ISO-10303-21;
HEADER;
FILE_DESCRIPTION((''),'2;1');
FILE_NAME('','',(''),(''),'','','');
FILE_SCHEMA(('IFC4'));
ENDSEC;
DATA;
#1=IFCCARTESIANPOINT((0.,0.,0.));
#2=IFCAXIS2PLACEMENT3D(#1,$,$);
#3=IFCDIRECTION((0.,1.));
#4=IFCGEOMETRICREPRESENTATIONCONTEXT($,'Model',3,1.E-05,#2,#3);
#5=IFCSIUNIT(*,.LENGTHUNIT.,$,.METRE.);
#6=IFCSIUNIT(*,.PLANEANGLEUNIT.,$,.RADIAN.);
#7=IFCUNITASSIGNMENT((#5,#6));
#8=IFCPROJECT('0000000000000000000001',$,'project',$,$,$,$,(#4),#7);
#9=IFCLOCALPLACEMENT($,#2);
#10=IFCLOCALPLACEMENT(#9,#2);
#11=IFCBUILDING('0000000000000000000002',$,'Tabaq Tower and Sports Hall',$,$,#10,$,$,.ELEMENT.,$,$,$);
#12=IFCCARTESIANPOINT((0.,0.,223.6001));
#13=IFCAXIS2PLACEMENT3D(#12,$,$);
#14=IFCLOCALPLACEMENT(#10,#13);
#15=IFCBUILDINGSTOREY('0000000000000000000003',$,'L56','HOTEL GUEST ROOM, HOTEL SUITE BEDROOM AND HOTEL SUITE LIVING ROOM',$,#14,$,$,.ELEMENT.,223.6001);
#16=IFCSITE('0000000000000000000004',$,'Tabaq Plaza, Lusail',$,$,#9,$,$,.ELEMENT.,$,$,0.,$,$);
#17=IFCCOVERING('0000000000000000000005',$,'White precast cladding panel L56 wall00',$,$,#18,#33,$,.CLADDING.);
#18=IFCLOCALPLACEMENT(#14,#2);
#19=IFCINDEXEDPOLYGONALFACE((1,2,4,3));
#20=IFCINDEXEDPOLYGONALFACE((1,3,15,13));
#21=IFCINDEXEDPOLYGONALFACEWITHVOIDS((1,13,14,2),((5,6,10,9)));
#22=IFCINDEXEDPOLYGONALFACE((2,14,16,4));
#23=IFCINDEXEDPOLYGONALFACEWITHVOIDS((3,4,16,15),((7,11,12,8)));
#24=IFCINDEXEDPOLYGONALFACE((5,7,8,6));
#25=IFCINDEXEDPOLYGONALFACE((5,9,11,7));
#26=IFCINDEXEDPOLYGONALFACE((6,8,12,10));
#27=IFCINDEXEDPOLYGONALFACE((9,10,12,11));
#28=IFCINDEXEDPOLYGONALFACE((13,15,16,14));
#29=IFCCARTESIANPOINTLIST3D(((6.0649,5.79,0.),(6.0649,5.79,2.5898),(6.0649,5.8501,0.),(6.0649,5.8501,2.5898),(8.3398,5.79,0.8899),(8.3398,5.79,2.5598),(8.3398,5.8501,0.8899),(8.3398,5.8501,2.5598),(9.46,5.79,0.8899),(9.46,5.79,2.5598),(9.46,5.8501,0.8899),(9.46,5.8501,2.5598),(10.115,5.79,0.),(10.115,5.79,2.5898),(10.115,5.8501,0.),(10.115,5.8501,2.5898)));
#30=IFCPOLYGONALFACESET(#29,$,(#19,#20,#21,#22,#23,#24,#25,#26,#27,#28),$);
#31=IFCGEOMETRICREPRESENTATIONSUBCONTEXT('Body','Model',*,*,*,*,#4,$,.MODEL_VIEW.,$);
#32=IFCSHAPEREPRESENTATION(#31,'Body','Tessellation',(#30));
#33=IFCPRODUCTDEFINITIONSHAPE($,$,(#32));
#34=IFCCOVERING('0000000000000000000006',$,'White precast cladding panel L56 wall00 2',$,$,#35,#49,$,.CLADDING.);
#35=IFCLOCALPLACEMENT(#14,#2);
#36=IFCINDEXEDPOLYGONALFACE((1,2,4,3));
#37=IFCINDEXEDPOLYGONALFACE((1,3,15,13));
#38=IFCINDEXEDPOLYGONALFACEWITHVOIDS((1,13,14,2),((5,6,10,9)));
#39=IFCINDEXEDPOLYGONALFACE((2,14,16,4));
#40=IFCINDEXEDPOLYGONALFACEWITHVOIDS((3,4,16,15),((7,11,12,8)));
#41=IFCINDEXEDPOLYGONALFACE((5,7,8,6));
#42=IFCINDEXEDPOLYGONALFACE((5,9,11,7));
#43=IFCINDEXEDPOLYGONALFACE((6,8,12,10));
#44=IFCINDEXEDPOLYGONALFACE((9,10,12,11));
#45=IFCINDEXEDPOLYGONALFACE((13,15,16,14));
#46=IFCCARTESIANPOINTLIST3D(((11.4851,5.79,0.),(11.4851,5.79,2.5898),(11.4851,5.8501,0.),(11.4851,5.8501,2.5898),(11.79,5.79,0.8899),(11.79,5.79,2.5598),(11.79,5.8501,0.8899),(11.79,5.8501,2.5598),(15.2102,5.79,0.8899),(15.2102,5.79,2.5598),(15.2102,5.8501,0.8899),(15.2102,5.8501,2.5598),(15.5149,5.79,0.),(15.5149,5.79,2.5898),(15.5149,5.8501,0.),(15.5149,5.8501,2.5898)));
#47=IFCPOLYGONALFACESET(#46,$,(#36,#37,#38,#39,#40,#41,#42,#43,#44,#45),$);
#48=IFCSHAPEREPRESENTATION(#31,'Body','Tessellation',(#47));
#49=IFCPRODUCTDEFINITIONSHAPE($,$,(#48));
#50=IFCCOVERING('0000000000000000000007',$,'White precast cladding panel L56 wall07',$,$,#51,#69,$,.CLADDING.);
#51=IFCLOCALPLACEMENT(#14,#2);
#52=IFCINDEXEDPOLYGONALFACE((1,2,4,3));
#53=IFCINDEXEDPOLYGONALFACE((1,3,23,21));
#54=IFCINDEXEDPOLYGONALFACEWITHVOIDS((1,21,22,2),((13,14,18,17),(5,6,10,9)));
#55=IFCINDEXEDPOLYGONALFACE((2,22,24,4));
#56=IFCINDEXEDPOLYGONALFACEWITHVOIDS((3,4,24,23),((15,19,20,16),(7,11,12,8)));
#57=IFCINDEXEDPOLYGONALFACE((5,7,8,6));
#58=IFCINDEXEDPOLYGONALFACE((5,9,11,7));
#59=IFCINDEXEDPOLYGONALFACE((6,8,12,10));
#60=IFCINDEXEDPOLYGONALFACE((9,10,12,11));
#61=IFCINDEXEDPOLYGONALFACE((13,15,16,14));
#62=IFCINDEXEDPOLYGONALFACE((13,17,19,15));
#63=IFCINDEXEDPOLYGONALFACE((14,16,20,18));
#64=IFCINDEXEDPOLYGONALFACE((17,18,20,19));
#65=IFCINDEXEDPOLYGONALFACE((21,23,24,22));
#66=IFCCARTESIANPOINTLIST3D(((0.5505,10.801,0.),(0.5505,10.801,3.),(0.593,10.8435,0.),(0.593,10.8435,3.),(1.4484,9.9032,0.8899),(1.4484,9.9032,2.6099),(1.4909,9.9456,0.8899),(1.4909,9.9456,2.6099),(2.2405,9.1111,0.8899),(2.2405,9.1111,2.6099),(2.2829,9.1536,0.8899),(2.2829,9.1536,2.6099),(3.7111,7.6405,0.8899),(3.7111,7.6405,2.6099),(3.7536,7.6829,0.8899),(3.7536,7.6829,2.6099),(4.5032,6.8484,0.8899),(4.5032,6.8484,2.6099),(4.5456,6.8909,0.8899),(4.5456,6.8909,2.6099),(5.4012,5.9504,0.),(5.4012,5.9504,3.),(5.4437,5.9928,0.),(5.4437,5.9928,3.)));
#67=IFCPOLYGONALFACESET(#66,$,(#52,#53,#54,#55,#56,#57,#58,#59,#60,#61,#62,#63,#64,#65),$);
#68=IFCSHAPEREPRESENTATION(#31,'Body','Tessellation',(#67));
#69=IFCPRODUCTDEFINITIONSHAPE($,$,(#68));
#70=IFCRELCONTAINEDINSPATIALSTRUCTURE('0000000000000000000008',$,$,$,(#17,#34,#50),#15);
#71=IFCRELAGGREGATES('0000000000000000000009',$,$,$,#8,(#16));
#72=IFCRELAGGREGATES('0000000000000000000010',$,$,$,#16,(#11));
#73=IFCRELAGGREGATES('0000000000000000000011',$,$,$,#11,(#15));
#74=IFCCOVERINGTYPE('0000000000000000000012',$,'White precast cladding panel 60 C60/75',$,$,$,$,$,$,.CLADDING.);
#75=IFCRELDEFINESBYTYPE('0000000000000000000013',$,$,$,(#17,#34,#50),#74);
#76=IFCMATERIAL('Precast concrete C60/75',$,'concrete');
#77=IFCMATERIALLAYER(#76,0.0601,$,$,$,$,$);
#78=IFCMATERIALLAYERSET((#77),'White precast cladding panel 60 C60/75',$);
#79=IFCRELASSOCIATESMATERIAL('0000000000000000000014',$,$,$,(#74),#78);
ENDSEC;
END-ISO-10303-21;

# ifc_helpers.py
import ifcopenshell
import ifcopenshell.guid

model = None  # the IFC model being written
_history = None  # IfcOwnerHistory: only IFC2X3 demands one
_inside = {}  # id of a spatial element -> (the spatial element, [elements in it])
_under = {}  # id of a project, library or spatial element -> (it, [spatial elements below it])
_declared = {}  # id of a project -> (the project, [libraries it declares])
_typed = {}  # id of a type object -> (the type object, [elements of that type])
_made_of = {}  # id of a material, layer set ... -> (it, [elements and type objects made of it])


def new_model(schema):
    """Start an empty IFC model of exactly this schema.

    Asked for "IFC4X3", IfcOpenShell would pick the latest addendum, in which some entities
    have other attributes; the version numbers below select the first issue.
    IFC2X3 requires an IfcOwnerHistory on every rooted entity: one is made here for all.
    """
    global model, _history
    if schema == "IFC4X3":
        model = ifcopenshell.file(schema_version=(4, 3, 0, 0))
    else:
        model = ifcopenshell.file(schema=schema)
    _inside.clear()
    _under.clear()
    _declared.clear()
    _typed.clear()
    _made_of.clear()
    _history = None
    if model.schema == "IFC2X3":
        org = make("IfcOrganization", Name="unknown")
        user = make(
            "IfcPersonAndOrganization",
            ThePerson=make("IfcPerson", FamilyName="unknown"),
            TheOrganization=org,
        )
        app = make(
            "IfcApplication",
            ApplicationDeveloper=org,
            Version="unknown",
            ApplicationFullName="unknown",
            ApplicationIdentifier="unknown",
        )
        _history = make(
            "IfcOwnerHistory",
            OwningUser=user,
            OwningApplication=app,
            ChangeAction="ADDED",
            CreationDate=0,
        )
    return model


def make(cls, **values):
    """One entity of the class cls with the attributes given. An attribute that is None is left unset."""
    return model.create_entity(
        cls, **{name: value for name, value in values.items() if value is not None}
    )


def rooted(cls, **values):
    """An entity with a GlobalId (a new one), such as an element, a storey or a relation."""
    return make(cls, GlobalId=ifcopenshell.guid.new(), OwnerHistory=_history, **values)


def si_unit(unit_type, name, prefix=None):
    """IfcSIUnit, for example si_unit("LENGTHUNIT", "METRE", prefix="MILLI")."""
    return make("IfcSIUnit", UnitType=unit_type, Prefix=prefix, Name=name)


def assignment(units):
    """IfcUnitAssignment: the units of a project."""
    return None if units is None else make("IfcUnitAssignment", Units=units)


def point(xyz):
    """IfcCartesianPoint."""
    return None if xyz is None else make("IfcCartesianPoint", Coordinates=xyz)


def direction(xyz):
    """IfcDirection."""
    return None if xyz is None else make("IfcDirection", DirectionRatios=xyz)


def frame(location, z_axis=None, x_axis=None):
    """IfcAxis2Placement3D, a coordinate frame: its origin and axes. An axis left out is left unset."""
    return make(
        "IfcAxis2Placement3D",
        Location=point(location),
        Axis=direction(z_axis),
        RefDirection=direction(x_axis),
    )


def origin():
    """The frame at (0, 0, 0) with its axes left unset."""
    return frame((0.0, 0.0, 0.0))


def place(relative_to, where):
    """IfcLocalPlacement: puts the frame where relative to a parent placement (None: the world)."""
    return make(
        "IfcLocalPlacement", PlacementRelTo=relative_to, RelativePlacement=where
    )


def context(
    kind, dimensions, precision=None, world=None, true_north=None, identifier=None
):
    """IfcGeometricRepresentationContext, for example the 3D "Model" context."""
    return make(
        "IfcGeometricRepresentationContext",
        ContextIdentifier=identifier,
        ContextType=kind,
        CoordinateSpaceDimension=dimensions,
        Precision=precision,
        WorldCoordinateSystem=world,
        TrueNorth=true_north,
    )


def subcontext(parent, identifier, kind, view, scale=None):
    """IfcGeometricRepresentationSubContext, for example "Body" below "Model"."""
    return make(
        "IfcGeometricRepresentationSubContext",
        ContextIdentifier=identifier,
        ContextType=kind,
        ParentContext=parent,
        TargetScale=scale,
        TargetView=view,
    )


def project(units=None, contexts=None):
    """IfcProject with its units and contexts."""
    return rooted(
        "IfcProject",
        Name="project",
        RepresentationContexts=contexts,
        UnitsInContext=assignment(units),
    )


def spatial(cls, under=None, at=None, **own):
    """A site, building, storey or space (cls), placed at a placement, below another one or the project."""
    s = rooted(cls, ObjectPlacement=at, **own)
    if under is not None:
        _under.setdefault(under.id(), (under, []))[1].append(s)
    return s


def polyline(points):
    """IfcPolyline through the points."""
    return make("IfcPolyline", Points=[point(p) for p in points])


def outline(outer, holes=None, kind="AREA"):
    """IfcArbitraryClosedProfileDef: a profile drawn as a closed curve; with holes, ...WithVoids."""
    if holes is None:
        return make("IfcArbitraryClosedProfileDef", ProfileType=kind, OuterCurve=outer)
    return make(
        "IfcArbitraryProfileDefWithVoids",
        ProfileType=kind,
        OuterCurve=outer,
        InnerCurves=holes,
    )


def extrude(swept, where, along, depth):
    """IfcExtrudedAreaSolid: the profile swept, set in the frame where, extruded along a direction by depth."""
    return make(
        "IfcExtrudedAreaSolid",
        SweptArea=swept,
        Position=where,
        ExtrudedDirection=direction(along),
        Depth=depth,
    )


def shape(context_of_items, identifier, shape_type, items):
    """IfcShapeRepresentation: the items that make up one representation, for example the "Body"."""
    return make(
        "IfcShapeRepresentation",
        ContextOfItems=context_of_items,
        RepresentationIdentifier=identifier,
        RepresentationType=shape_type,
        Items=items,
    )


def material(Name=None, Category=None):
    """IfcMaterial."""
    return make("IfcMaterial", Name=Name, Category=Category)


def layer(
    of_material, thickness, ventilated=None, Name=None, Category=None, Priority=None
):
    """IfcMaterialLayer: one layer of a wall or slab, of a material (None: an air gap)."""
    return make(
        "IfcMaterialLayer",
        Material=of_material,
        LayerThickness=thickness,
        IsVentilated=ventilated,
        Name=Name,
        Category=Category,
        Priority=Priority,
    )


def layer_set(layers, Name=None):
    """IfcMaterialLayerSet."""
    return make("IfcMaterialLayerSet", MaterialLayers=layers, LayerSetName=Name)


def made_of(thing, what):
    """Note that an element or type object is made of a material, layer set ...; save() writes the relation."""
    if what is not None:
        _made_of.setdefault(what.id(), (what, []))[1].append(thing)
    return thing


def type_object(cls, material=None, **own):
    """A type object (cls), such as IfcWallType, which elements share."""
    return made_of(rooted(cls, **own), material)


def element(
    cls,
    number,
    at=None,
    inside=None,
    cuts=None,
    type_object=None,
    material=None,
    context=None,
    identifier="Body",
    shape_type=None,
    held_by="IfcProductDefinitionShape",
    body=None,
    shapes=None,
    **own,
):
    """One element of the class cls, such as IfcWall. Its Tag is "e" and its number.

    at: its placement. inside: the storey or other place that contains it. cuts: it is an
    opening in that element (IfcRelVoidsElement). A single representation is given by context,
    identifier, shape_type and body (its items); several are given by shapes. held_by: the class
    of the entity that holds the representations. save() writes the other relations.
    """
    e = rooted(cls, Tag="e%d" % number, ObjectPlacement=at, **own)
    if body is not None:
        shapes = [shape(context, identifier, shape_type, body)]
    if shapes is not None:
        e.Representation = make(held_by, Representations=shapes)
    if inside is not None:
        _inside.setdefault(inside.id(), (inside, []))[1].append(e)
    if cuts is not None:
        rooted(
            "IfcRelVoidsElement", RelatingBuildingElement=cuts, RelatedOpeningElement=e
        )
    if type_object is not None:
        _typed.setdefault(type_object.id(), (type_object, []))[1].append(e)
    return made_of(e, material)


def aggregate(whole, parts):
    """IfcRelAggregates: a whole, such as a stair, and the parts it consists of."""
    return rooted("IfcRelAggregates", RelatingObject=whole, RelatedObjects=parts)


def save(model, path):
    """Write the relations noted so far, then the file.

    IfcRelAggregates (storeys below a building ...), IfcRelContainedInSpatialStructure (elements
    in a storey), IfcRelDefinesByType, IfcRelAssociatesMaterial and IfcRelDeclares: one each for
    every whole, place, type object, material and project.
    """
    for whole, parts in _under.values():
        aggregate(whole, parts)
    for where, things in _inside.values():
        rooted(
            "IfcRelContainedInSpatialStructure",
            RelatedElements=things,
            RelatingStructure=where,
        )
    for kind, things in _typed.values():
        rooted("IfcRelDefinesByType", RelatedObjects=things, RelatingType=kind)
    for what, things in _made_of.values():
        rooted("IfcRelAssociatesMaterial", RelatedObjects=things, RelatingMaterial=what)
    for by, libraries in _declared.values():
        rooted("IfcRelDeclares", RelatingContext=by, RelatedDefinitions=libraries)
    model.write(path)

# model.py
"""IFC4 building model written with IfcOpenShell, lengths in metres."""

from ifc_helpers import new_model, si_unit, direction, frame, origin, place, context, subcontext, project, spatial, polyline, outline, extrude, material, layer, layer_set, type_object, element, save


model = new_model("IFC4")

# Units and contexts
model_context = context("Model", 3, precision=1e-05, world=origin(), true_north=direction((0.0, 1.0)))
body_context = subcontext(model_context, "Body", "Model", "MODEL_VIEW")
ifc_project = project(units=[si_unit("LENGTHUNIT", "METRE"), si_unit("PLANEANGLEUNIT", "RADIAN")], contexts=[model_context])

# Site, building, storey
site_placement = place(None, origin())
site = spatial("IfcSite", under=ifc_project, at=site_placement, Name="Tabaq Plaza, Lusail", CompositionType="ELEMENT", RefElevation=0.0)
building_placement = place(site_placement, origin())
building = spatial("IfcBuilding", under=site, at=building_placement, Name="Tabaq Tower and Sports Hall", CompositionType="ELEMENT")
storey_placement = place(building_placement, frame((0.0, 0.0, 223.6001)))
storey = spatial("IfcBuildingStorey", under=building, at=storey_placement, Name="L56", Description="HOTEL GUEST ROOM, HOTEL SUITE BEDROOM AND HOTEL SUITE LIVING ROOM", CompositionType="ELEMENT", Elevation=223.6001)

# Coverings
ifc_material_1 = material(Name="Precast concrete C60/75", Category="concrete")
ifc_layer_1 = layer(ifc_material_1, 0.0601)
ifc_layer_set_1 = layer_set([ifc_layer_1], Name="White precast cladding panel 60 C60/75")
covering_type_1 = type_object("IfcCoveringType", Name="White precast cladding panel 60 C60/75", PredefinedType="CLADDING", material=ifc_layer_set_1)
covering_1_placement = place(storey_placement, frame((6.0649, 5.8201, 0.0), z_axis=(0.0, 0.0, 1.0), x_axis=(1.0, 0.0, 0.0)))
element("IfcCovering", 1, at=covering_1_placement, inside=storey, type_object=covering_type_1, Name="White precast cladding panel L56 wall00", PredefinedType="CLADDING", context=body_context, shape_type="SweptSolid", body=[
    extrude(outline(polyline([(0.0, 0.0), (4.05, 0.0), (4.05, 2.5898), (0.0, 2.5898), (0.0, 0.0)]), holes=[polyline([(3.395, 0.8899), (2.2749, 0.8899), (2.2749, 2.5598), (3.395, 2.5598), (3.395, 0.8899)])]), frame((0.0, 0.03, 0.0), z_axis=(0.0, -1.0, 0.0), x_axis=(1.0, 0.0, 0.0)), (0.0, 0.0, 1.0), 0.0601),
])
covering_2_placement = place(storey_placement, frame((11.4851, 5.8201, 0.0), z_axis=(0.0, 0.0, 1.0), x_axis=(1.0, 0.0, 0.0)))
element("IfcCovering", 2, at=covering_2_placement, inside=storey, type_object=covering_type_1, Name="White precast cladding panel L56 wall00 2", PredefinedType="CLADDING", context=body_context, shape_type="SweptSolid", body=[
    extrude(outline(polyline([(0.0, 0.0), (4.0298, 0.0), (4.0298, 2.5898), (0.0, 2.5898), (0.0, 0.0)]), holes=[polyline([(3.7251, 0.8899), (0.3049, 0.8899), (0.3049, 2.5598), (3.7251, 2.5598), (3.7251, 0.8899)])]), frame((0.0, 0.03, 0.0), z_axis=(0.0, -1.0, 0.0), x_axis=(1.0, 0.0, 0.0)), (0.0, 0.0, 1.0), 0.0601),
])
covering_3_placement = place(storey_placement, frame((0.5718, 10.8223, 0.0), z_axis=(0.0, 0.0, 1.0), x_axis=(0.707107, -0.707107, 0.0)))
element("IfcCovering", 3, at=covering_3_placement, inside=storey, type_object=covering_type_1, Name="White precast cladding panel L56 wall07", PredefinedType="CLADDING", context=body_context, shape_type="SweptSolid", body=[
    extrude(outline(polyline([(0.0, 0.0), (6.8599, 0.0), (6.8599, 3.0), (0.0, 3.0), (0.0, 0.0)]), holes=[polyline([(1.2698, 2.6099), (2.3899, 2.6099), (2.3899, 0.8899), (1.2698, 0.8899), (1.2698, 2.6099)]), polyline([(4.4697, 2.6099), (5.5898, 2.6099), (5.5898, 0.8899), (4.4697, 0.8899), (4.4697, 2.6099)])]), frame((0.0, 0.03, 0.0), z_axis=(0.0, -1.0, 0.0), x_axis=(1.0, 0.0, 0.0)), (0.0, 0.0, 1.0), 0.0601),
])

save(model, "model.ifc")
